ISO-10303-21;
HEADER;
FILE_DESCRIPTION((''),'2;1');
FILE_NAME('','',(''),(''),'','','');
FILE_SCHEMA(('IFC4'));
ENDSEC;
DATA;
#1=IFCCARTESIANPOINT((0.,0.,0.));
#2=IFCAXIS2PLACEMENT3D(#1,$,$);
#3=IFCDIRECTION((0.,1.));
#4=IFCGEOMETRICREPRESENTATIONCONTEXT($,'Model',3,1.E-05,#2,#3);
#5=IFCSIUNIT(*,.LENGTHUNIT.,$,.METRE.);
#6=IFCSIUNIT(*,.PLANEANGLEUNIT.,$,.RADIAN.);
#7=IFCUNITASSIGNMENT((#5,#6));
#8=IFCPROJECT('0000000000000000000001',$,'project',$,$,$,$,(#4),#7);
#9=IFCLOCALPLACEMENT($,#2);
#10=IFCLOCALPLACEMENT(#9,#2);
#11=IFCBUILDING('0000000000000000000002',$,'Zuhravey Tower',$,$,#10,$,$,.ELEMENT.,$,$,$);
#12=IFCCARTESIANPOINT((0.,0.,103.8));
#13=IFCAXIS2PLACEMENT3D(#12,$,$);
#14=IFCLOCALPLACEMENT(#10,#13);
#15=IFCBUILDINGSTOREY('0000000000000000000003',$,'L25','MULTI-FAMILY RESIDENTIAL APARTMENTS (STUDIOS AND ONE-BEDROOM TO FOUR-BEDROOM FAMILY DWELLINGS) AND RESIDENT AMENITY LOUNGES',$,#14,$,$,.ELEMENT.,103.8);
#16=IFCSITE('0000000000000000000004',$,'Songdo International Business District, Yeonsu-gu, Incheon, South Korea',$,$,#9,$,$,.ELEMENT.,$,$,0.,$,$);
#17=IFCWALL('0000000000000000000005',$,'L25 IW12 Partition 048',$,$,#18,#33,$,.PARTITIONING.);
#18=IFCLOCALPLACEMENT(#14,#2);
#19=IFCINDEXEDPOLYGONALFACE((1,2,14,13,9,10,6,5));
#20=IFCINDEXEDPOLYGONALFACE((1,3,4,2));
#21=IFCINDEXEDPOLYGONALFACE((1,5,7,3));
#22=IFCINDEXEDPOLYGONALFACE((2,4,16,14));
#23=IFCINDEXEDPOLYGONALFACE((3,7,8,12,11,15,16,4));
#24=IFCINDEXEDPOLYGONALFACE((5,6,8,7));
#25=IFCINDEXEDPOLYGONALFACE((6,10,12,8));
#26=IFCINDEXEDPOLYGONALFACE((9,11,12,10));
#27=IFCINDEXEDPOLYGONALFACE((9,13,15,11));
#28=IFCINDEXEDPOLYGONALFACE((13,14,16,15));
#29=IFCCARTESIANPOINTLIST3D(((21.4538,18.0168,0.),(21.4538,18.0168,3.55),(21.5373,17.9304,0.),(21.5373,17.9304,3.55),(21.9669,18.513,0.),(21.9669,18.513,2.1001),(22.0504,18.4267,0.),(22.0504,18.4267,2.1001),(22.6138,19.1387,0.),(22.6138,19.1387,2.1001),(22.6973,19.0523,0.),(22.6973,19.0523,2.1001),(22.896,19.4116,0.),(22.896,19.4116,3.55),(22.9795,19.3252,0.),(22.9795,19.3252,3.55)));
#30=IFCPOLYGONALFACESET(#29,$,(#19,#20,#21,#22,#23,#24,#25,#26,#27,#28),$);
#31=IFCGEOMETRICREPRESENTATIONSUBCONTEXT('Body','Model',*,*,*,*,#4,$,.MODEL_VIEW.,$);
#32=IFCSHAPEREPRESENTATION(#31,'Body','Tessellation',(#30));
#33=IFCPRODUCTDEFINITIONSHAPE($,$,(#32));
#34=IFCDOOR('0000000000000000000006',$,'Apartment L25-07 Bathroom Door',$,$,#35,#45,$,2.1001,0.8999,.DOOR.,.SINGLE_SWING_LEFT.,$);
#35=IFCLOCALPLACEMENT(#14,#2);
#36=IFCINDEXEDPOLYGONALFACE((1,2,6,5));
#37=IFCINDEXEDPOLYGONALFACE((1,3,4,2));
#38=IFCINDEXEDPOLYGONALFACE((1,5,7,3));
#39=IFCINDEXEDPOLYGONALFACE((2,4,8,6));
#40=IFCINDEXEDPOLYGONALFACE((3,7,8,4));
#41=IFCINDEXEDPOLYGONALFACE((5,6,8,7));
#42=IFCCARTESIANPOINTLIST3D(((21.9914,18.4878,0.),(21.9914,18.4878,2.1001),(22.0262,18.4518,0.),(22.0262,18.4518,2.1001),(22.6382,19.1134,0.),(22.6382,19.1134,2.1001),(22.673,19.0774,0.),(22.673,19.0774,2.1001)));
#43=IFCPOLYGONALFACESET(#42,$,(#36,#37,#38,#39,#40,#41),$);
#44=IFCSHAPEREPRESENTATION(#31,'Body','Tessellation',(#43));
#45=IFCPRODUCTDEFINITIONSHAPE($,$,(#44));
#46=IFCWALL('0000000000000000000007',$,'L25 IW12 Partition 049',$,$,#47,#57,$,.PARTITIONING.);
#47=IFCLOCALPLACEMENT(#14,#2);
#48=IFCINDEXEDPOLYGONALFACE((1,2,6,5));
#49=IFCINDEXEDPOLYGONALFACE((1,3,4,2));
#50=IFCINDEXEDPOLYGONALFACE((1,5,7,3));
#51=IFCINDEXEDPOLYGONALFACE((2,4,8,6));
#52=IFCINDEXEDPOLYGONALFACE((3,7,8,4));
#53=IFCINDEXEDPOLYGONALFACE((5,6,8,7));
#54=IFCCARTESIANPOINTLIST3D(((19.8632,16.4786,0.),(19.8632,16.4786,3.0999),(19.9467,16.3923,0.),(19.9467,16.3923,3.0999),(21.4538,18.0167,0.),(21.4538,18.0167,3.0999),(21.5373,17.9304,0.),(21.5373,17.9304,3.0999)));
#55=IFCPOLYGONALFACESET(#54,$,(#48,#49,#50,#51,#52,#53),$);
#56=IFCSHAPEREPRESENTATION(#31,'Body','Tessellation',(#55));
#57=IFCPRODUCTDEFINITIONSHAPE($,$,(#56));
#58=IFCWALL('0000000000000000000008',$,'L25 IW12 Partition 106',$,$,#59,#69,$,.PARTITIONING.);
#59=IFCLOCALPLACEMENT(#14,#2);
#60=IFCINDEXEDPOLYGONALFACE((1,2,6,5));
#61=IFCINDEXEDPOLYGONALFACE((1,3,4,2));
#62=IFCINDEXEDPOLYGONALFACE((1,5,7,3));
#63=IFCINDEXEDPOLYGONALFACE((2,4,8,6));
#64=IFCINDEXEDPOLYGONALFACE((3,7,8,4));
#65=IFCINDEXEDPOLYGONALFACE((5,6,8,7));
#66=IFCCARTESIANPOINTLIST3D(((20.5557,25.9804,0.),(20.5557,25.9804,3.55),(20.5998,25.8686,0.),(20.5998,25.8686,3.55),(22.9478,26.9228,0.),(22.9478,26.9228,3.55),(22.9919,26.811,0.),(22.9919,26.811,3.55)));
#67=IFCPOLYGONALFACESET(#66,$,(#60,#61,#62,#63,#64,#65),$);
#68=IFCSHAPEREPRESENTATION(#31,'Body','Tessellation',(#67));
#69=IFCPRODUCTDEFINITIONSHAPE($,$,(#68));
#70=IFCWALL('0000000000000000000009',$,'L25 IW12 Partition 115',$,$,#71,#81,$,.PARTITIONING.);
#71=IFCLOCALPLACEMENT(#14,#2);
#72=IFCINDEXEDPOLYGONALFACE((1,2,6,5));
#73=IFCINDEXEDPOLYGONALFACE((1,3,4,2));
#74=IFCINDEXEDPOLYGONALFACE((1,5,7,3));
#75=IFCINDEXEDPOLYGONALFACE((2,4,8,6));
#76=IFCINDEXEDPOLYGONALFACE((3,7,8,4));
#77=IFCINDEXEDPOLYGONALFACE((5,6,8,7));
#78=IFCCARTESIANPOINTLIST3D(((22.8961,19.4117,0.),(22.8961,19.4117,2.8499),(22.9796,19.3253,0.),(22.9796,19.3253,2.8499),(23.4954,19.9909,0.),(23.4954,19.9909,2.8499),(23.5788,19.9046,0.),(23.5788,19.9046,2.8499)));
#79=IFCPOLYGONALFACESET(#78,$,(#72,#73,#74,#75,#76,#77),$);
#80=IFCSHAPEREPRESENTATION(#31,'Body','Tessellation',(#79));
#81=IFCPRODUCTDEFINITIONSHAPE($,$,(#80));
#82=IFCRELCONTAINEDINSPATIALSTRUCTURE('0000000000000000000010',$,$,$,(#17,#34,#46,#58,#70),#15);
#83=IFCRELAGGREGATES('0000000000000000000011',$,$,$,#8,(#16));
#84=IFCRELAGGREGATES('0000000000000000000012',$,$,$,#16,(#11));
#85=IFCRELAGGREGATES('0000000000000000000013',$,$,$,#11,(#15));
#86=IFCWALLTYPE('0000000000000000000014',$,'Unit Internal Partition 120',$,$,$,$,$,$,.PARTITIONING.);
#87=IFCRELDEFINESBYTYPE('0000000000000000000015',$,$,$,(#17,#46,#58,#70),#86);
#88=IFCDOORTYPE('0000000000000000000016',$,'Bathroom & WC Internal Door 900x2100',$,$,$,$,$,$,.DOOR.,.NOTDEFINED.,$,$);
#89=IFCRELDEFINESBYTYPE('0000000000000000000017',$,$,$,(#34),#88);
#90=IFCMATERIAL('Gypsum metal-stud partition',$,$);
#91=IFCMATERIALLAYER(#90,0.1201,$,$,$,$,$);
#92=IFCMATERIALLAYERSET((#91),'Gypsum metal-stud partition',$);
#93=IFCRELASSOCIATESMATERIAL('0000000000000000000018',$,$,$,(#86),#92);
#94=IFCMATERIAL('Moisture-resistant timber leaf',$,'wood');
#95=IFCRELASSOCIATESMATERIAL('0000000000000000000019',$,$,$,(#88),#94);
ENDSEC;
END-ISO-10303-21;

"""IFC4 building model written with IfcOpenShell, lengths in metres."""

from ifc_helpers import new_model, si_unit, direction, frame, frame_2d, origin, place, context, subcontext, project, spatial, rectangle, extrude, material, layer, layer_set, type_object, element, fill, save


model = new_model("IFC4")

# Units and contexts
model_context = context("Model", 3, precision=1e-05, world=origin(), true_north=direction((0.0, 1.0)))
body_context = subcontext(model_context, "Body", "Model", "MODEL_VIEW")
ifc_project = project(units=[si_unit("LENGTHUNIT", "METRE"), si_unit("PLANEANGLEUNIT", "RADIAN")], contexts=[model_context])

# Site, building, storey
site_placement = place(None, origin())
site = spatial("IfcSite", under=ifc_project, at=site_placement, Name="Songdo International Business District, Yeonsu-gu, Incheon, South Korea", CompositionType="ELEMENT", RefElevation=0.0)
building_placement = place(site_placement, origin())
building = spatial("IfcBuilding", under=site, at=building_placement, Name="Zuhravey Tower", CompositionType="ELEMENT")
storey_placement = place(building_placement, frame((0.0, 0.0, 103.8)))
storey = spatial("IfcBuildingStorey", under=building, at=storey_placement, Name="L25", Description="MULTI-FAMILY RESIDENTIAL APARTMENTS (STUDIOS AND ONE-BEDROOM TO FOUR-BEDROOM FAMILY DWELLINGS) AND RESIDENT AMENITY LOUNGES", CompositionType="ELEMENT", Elevation=103.8)

# Wall, opening, door
ifc_material_1 = material(Name="Gypsum metal-stud partition")
ifc_layer_1 = layer(ifc_material_1, 0.1201)
ifc_layer_set_1 = layer_set([ifc_layer_1], Name="Gypsum metal-stud partition")
wall_type_1 = type_object("IfcWallType", Name="Unit Internal Partition 120", PredefinedType="PARTITIONING", material=ifc_layer_set_1)
wall_1_placement = place(storey_placement, frame((22.9377, 19.3684, 0.0), z_axis=(0.0, 0.0, 1.0), x_axis=(-0.718812, -0.695205, 0.0)))
wall_1 = element("IfcWall", 1, at=wall_1_placement, inside=storey, type_object=wall_type_1, Name="L25 IW12 Partition 048", PredefinedType="PARTITIONING", context=body_context, shape_type="SweptSolid", body=[
    extrude(rectangle(XDim=2.0063, YDim=0.1201, at=frame_2d((1.0032, 0.0))), origin(), (0.0, 0.0, 1.0), 3.55),
])
opening_1_placement = place(wall_1_placement, frame((0.3926, 0.0, 0.0)))
opening_1 = element("IfcOpeningElement", 2, at=opening_1_placement, cuts=wall_1, PredefinedType="OPENING", context=body_context, shape_type="SweptSolid", body=[
    extrude(rectangle(XDim=0.8999, YDim=2.1001, at=frame_2d((0.45, 1.05))), frame((0.0, 0.072, 0.0), z_axis=(0.0, -1.0, 0.0), x_axis=(1.0, 0.0, 0.0)), (0.0, 0.0, 1.0), 0.144),
])
ifc_material_2 = material(Name="Moisture-resistant timber leaf", Category="wood")
door_type_1 = type_object("IfcDoorType", Name="Bathroom & WC Internal Door 900x2100", OperationType="NOTDEFINED", PredefinedType="DOOR", material=ifc_material_2)
door_1_placement = place(opening_1_placement, frame((0.8999, 0.0, 0.0), z_axis=(0.0, 0.0, 1.0), x_axis=(-1.0, 0.0, 0.0)))
door_1 = element("IfcDoor", 3, at=door_1_placement, inside=storey, type_object=door_type_1, Name="Apartment L25-07 Bathroom Door", OperationType="SINGLE_SWING_LEFT", OverallHeight=2.1001, OverallWidth=0.8999, PredefinedType="DOOR", context=body_context, shape_type="SweptSolid", body=[
    extrude(rectangle(XDim=0.8999, YDim=2.1001, at=frame_2d((0.45, 1.05))), frame((0.0, 0.0249, 0.0), z_axis=(0.0, -1.0, 0.0), x_axis=(1.0, 0.0, 0.0)), (0.0, 0.0, 1.0), 0.05),
])
fill(opening_1, door_1)

# Walls
wall_2_placement = place(storey_placement, frame((21.4956, 17.9736, 0.0), z_axis=(0.0, 0.0, 1.0), x_axis=(-0.718869, -0.695146, 0.0)))
element("IfcWall", 4, at=wall_2_placement, inside=storey, type_object=wall_type_1, Name="L25 IW12 Partition 049", PredefinedType="PARTITIONING", context=body_context, shape_type="SweptSolid", body=[
    extrude(rectangle(XDim=2.2126, YDim=0.1201, at=frame_2d((1.1064, 0.0))), origin(), (0.0, 0.0, 1.0), 3.0999),
])
wall_3_placement = place(storey_placement, frame((22.97, 26.8669, 0.0), z_axis=(0.0, 0.0, 1.0), x_axis=(-0.930403, -0.366539, 0.0)))
element("IfcWall", 5, at=wall_3_placement, inside=storey, type_object=wall_type_1, Name="L25 IW12 Partition 106", PredefinedType="PARTITIONING", context=body_context, shape_type="SweptSolid", body=[
    extrude(rectangle(XDim=2.571, YDim=0.1201, at=frame_2d((1.2856, 0.0))), origin(), (0.0, 0.0, 1.0), 3.55),
])
wall_4_placement = place(storey_placement, frame((23.5371, 19.9478, 0.0), z_axis=(0.0, 0.0, 1.0), x_axis=(-0.719013, -0.694997, 0.0)))
element("IfcWall", 6, at=wall_4_placement, inside=storey, type_object=wall_type_1, Name="L25 IW12 Partition 115", PredefinedType="PARTITIONING", context=body_context, shape_type="SweptSolid", body=[
    extrude(rectangle(XDim=0.8335, YDim=0.1201, at=frame_2d((0.4167, 0.0))), origin(), (0.0, 0.0, 1.0), 2.8499),
])

save(model, "model.ifc")
